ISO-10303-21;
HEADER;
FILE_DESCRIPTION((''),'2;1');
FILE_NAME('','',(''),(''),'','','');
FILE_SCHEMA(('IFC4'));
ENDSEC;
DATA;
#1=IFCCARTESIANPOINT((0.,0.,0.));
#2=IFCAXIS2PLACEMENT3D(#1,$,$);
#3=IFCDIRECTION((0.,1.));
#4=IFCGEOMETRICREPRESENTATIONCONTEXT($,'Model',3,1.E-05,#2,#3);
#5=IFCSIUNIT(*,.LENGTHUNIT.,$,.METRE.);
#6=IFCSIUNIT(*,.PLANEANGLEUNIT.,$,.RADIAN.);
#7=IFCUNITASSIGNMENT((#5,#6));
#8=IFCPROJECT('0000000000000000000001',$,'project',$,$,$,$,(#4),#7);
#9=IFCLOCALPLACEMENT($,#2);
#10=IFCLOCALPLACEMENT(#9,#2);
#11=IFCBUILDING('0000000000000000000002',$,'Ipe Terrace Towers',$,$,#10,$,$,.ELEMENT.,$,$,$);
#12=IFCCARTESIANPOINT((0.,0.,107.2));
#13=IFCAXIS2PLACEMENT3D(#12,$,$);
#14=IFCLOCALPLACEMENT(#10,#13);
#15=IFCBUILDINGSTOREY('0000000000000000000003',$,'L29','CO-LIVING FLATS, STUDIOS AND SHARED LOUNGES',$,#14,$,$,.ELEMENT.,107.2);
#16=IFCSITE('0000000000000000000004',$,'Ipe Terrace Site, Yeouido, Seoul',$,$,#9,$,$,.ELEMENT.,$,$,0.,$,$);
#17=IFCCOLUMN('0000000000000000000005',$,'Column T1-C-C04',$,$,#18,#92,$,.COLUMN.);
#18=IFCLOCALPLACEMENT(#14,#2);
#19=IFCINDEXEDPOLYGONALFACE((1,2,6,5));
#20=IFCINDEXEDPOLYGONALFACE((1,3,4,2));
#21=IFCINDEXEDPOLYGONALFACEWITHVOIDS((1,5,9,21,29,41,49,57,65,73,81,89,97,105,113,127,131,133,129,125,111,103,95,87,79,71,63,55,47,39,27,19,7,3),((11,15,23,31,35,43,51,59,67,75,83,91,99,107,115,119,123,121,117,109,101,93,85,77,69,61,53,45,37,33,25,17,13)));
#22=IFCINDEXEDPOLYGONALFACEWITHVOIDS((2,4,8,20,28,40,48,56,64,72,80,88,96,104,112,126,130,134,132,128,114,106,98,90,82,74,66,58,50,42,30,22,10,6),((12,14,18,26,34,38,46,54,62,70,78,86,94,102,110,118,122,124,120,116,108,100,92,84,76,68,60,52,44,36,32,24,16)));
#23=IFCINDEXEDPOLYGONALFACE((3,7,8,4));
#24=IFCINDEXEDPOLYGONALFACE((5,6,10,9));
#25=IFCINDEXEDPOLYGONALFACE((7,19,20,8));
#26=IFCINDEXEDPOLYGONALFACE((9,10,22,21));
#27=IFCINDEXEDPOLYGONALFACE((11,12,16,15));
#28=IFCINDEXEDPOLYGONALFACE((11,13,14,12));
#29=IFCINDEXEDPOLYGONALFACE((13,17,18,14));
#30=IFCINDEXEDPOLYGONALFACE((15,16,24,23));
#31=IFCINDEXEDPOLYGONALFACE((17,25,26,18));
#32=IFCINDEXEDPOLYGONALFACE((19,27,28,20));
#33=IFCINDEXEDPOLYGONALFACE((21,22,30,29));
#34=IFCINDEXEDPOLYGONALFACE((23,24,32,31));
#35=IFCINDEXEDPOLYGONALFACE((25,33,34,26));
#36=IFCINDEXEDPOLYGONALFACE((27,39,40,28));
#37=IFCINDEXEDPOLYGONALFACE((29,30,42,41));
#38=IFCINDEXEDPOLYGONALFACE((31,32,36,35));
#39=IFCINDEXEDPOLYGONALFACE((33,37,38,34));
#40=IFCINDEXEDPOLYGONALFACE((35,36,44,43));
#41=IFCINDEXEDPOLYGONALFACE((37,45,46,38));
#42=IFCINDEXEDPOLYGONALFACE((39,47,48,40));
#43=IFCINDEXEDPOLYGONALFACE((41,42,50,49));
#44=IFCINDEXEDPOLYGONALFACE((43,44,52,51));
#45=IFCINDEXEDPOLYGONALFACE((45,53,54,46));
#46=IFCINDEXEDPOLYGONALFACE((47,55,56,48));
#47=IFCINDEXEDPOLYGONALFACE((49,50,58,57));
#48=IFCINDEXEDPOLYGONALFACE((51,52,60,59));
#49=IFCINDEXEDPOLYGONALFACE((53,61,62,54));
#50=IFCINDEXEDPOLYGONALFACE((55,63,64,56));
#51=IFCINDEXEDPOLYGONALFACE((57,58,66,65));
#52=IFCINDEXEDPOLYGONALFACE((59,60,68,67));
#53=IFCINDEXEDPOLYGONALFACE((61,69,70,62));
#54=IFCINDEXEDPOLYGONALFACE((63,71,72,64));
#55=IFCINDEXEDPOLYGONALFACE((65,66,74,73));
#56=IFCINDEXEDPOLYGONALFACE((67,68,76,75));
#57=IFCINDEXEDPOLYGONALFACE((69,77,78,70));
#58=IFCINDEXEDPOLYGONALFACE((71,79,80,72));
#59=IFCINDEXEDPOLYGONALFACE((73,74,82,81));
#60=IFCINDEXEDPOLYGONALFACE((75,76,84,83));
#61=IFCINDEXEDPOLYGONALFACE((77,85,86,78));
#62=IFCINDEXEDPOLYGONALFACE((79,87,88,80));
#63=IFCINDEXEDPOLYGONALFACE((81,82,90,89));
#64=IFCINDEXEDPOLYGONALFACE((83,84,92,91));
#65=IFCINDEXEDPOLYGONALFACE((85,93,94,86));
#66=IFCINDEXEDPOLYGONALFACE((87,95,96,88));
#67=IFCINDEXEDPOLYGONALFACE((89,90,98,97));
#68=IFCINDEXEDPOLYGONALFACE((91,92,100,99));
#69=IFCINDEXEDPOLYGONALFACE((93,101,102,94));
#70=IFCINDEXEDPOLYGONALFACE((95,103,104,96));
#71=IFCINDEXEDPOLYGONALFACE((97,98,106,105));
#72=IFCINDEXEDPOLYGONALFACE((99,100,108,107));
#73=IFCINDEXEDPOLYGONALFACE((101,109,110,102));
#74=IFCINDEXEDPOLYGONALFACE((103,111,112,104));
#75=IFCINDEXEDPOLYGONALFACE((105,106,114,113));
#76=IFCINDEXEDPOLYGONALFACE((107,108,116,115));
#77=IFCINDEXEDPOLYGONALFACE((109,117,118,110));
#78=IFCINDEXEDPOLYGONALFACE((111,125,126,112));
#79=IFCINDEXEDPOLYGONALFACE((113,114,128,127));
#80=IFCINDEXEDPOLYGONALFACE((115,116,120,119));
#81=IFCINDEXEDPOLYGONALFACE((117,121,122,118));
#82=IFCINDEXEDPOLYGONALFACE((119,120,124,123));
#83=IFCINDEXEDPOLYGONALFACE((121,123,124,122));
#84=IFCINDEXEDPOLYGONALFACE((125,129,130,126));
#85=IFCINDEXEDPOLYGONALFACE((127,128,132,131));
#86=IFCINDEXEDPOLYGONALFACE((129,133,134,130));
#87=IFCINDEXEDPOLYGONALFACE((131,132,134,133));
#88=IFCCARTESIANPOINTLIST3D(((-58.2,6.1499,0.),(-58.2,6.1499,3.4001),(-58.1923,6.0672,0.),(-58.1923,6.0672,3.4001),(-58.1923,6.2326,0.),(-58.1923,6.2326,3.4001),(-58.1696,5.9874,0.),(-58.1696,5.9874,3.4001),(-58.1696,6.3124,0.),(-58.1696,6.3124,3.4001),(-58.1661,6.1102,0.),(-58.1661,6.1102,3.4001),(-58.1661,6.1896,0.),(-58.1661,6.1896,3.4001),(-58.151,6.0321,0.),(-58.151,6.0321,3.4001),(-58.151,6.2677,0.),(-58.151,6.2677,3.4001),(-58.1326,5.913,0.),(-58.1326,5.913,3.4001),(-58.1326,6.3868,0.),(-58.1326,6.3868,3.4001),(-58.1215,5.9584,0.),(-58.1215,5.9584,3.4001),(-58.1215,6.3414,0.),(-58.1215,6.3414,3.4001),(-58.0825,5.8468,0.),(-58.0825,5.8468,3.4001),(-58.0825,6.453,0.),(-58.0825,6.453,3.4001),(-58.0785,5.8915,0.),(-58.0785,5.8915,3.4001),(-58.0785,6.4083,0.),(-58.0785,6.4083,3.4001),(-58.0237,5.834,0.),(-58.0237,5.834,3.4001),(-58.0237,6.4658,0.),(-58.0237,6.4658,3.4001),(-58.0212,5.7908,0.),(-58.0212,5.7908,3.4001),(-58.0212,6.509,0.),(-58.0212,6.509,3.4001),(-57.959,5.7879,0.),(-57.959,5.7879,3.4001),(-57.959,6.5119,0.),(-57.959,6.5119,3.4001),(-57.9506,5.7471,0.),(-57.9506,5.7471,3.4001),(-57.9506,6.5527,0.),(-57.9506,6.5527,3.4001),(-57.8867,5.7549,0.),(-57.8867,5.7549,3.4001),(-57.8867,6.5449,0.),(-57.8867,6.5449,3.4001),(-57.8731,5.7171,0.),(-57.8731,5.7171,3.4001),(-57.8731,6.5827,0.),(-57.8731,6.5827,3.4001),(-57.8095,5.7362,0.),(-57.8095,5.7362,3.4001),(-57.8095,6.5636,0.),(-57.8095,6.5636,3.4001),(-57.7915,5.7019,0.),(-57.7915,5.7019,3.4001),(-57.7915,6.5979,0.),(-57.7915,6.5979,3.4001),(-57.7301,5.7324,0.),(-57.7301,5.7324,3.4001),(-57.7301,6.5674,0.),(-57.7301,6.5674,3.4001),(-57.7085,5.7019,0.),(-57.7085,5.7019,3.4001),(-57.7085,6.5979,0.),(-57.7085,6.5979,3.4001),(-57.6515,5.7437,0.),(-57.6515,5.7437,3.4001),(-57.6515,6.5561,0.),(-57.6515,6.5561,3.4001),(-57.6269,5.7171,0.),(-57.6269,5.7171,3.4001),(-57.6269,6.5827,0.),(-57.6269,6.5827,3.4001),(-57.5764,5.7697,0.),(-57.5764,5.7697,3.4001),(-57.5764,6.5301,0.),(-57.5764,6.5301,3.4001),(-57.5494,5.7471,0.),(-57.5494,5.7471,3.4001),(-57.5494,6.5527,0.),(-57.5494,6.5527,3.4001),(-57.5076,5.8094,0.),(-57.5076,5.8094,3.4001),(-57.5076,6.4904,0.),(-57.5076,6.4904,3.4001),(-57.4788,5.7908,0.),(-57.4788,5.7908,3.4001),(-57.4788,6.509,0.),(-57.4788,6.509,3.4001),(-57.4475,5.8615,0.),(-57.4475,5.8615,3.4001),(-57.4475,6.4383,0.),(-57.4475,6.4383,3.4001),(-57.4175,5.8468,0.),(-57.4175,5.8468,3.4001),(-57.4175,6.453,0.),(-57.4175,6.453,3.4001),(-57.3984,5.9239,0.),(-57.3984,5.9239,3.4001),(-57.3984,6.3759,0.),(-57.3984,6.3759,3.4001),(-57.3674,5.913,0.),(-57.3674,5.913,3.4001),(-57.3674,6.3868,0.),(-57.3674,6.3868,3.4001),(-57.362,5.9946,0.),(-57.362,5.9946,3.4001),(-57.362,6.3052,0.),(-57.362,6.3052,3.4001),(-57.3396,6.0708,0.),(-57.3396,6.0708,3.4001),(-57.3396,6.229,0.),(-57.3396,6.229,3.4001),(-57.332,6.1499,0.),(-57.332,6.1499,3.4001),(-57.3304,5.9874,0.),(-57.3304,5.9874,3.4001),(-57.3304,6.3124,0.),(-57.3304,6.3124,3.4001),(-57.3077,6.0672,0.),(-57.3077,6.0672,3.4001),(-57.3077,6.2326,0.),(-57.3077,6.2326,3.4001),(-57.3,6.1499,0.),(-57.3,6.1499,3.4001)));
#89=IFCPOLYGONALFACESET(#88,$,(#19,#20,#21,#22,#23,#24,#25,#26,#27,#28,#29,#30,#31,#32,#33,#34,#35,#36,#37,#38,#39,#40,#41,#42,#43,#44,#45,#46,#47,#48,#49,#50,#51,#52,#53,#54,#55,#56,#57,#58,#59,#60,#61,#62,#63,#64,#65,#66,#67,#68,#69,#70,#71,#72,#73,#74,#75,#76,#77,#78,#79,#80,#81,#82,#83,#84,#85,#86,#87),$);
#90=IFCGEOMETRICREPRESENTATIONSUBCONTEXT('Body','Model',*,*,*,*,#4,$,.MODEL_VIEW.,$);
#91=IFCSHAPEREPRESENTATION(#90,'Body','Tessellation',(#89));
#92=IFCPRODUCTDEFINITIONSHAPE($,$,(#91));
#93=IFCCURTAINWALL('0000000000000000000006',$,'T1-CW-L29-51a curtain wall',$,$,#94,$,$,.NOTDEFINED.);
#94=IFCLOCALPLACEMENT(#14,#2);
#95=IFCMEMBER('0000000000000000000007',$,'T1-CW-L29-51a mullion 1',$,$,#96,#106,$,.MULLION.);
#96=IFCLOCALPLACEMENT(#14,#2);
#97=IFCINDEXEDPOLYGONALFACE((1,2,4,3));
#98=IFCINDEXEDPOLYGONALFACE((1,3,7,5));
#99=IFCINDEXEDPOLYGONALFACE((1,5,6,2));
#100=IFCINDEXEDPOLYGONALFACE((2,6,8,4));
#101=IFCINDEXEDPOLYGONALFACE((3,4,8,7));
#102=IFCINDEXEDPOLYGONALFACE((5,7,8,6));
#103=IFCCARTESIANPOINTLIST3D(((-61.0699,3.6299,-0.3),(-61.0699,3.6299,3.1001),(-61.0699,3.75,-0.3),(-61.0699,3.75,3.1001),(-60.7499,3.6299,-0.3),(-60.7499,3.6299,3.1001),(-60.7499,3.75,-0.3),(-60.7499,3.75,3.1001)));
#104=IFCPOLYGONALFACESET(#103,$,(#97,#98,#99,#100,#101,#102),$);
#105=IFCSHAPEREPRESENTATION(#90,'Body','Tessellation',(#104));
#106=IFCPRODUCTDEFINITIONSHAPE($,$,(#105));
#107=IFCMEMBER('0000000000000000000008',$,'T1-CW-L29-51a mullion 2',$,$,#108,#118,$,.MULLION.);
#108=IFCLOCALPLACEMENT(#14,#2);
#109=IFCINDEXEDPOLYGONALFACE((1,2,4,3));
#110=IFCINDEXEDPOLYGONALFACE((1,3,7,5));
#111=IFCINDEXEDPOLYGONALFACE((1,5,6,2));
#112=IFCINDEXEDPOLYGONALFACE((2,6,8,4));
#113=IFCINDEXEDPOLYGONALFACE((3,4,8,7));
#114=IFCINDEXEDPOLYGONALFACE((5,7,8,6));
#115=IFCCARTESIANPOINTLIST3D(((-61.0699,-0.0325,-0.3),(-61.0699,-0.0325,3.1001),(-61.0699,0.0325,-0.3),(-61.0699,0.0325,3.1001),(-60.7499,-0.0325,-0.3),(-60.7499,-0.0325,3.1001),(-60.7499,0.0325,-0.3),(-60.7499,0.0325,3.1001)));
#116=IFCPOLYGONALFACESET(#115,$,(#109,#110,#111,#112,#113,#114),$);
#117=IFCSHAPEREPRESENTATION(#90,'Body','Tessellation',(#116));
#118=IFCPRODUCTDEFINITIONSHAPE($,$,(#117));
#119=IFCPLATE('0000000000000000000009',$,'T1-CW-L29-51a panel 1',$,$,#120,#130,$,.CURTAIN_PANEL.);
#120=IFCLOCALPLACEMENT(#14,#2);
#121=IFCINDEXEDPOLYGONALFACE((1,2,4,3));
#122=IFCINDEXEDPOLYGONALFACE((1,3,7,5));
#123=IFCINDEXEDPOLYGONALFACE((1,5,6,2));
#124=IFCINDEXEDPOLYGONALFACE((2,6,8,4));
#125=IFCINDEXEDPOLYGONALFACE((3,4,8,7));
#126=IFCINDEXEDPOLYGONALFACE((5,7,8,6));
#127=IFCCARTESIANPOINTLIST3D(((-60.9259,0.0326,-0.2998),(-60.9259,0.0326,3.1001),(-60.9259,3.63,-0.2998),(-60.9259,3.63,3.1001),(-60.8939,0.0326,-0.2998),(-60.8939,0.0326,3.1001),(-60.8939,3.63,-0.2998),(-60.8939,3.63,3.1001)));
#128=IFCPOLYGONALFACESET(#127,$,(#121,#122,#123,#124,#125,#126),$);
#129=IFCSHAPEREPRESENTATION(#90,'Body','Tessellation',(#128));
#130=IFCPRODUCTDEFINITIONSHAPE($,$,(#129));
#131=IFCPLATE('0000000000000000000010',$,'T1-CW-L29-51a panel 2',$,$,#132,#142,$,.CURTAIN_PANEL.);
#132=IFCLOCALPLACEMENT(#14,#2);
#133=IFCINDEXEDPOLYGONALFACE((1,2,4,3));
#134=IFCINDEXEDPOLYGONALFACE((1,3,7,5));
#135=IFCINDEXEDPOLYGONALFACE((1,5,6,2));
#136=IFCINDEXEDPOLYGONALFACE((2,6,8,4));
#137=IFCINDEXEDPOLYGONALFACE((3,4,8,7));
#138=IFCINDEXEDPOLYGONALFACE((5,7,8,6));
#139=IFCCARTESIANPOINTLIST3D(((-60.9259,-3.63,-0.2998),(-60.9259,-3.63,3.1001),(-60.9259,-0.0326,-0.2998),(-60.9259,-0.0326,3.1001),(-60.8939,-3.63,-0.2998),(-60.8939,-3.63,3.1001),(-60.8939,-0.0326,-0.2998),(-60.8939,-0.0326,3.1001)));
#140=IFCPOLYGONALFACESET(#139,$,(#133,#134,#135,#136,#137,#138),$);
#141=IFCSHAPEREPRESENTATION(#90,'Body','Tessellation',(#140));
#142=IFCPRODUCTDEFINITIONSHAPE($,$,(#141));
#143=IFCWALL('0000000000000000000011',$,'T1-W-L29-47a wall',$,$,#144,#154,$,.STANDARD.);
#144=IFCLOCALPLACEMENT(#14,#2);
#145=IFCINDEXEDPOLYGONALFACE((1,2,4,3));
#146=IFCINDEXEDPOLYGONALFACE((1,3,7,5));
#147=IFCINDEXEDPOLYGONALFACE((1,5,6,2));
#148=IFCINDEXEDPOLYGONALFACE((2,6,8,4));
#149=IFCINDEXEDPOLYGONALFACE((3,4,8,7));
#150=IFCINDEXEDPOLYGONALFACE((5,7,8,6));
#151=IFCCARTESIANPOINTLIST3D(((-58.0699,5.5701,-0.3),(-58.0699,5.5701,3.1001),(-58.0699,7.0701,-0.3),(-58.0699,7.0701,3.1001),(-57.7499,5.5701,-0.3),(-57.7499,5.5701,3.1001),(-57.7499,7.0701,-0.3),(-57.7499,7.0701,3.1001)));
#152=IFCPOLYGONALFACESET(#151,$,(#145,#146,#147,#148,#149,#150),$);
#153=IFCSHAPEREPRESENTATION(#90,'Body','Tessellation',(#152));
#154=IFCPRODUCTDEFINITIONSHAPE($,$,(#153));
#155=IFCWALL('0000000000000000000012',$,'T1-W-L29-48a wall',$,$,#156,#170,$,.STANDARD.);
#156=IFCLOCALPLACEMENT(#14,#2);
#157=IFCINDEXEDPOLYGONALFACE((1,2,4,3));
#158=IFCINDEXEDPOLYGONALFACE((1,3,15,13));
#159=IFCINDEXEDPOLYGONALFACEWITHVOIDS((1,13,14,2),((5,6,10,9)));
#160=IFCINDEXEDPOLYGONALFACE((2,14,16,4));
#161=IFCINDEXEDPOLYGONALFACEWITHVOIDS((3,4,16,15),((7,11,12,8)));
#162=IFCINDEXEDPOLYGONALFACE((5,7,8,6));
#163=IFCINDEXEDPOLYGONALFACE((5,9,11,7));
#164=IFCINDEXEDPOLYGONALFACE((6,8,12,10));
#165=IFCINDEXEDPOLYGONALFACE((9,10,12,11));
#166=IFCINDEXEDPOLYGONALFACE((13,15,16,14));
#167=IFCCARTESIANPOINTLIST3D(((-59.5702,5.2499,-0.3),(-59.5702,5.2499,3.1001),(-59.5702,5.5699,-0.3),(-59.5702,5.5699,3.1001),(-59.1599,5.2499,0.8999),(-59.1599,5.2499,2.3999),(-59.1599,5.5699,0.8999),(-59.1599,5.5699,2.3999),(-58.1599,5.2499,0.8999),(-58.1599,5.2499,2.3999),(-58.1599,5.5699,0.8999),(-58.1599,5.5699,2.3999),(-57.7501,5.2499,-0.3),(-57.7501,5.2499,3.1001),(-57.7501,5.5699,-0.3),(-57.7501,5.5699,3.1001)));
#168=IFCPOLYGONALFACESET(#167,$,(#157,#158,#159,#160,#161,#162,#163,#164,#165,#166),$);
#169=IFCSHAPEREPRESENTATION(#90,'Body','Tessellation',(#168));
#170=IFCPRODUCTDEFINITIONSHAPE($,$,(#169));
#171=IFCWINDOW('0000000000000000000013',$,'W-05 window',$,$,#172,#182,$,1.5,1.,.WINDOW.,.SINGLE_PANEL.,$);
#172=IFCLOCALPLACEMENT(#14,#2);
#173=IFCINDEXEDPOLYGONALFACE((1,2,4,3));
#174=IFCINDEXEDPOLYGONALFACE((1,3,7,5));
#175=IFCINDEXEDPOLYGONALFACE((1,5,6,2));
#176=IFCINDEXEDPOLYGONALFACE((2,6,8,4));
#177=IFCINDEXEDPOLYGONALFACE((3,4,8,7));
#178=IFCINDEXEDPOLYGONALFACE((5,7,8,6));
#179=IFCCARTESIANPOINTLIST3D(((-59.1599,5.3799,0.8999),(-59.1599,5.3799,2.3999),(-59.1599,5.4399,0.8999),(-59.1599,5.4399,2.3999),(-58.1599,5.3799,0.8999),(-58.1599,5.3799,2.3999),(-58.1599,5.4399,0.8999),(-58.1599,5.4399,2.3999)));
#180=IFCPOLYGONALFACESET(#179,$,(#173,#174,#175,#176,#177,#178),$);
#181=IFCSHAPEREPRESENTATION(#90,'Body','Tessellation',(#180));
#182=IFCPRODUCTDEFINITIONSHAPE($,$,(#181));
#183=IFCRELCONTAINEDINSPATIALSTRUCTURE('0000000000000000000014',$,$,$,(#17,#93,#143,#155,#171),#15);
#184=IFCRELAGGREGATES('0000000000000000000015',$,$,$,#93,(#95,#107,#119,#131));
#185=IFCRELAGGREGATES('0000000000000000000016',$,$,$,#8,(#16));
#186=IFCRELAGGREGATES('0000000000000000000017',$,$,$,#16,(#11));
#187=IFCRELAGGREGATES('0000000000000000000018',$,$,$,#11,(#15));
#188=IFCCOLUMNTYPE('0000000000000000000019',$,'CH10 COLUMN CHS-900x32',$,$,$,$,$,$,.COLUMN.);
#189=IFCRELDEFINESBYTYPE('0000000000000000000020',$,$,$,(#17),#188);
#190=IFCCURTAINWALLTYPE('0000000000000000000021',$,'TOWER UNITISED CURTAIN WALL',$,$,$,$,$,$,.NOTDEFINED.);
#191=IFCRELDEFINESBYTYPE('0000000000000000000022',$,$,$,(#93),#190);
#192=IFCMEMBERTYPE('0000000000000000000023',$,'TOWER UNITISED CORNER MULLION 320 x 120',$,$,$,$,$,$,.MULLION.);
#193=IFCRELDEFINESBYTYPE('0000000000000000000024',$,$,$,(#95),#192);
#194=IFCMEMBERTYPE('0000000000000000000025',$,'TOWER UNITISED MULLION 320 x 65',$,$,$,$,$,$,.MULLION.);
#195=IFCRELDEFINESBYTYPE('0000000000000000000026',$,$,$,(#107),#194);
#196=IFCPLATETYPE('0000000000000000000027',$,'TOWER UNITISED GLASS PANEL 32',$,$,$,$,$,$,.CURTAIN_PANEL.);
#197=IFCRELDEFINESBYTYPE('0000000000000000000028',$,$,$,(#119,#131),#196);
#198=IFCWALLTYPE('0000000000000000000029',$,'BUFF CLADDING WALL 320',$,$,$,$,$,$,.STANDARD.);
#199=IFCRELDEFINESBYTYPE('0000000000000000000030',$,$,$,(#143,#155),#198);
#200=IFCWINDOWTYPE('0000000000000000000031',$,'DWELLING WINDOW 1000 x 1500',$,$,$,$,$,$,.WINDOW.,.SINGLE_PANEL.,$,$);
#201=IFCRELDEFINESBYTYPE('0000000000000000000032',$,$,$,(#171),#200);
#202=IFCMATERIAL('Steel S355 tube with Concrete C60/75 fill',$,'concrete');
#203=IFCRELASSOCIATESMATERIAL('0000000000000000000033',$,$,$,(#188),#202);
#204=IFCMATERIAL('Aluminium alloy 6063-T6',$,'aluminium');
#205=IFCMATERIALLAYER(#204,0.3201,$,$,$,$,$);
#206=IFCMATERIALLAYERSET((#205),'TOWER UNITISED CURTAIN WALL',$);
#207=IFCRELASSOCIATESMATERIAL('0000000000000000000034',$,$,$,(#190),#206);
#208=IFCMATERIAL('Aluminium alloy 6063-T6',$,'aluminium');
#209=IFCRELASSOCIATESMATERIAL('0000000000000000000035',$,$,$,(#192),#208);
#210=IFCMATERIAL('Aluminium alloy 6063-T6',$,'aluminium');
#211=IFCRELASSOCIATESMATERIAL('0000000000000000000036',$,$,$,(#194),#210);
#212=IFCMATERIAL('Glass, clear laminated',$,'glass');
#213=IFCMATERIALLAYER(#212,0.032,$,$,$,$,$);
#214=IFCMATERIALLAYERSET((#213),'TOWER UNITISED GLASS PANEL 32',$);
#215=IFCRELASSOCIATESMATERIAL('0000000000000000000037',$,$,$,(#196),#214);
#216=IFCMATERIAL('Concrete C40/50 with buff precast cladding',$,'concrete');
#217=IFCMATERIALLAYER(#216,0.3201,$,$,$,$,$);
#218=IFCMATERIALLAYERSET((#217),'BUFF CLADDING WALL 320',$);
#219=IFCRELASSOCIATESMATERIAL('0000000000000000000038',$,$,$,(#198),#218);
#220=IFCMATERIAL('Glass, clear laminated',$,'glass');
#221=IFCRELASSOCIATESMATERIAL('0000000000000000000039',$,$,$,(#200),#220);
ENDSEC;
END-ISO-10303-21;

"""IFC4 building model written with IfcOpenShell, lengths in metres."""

from ifc_helpers import new_model, si_unit, direction, frame, frame_2d, origin, origin_2d, place, context, subcontext, project, spatial, rectangle, hollow_circle, extrude, material, layer, layer_set, material_profile, profile_set, type_object, element, fill, aggregate, save


model = new_model("IFC4")

# Units and contexts
model_context = context("Model", 3, precision=1e-05, world=origin(), true_north=direction((0.0, 1.0)))
body_context = subcontext(model_context, "Body", "Model", "MODEL_VIEW")
ifc_project = project(units=[si_unit("LENGTHUNIT", "METRE"), si_unit("PLANEANGLEUNIT", "RADIAN")], contexts=[model_context])

# Site, building, storey
site_placement = place(None, origin())
site = spatial("IfcSite", under=ifc_project, at=site_placement, Name="Ipe Terrace Site, Yeouido, Seoul", CompositionType="ELEMENT", RefElevation=0.0)
building_placement = place(site_placement, origin())
building = spatial("IfcBuilding", under=site, at=building_placement, Name="Ipe Terrace Towers", CompositionType="ELEMENT")
storey_placement = place(building_placement, frame((0.0, 0.0, 107.2)))
storey = spatial("IfcBuildingStorey", under=building, at=storey_placement, Name="L29", Description="CO-LIVING FLATS, STUDIOS AND SHARED LOUNGES", CompositionType="ELEMENT", Elevation=107.2)

# Column
ifc_material_1 = material(Name="Steel S355 tube with Concrete C60/75 fill", Category="concrete")
ifc_material_profile_1 = material_profile(ifc_material_1, hollow_circle(Radius=0.45, WallThickness=0.032, at=origin_2d()), Name="CHS-900x32")
ifc_profile_set_1 = profile_set([ifc_material_profile_1], Name="Steel S355 tube with Concrete C60/75 fill")
column_type = type_object("IfcColumnType", Name="CH10 COLUMN CHS-900x32", PredefinedType="COLUMN", material=ifc_profile_set_1)
column_placement = place(storey_placement, frame((-57.75, 6.1499, 0.0), z_axis=(0.0, 0.0, 1.0), x_axis=(1.0, 0.0, 0.0)))
element("IfcColumn", 1, at=column_placement, inside=storey, type_object=column_type, Name="Column T1-C-C04", PredefinedType="COLUMN", context=body_context, shape_type="SweptSolid", body=[
    extrude(hollow_circle(Radius=0.45, WallThickness=0.032, at=origin_2d()), origin(), (0.0, 0.0, 1.0), 3.4001),
])

# Curtain wall, members, plates
ifc_material_2 = material(Name="Aluminium alloy 6063-T6", Category="aluminium")
ifc_layer_1 = layer(ifc_material_2, 0.3201)
ifc_layer_set_1 = layer_set([ifc_layer_1], Name="TOWER UNITISED CURTAIN WALL")
curtain_wall_type = type_object("IfcCurtainWallType", Name="TOWER UNITISED CURTAIN WALL", PredefinedType="NOTDEFINED", material=ifc_layer_set_1)
curtain_wall_placement = place(storey_placement, origin())
curtain_wall = element("IfcCurtainWall", 2, at=curtain_wall_placement, inside=storey, type_object=curtain_wall_type, Name="T1-CW-L29-51a curtain wall", PredefinedType="NOTDEFINED")
ifc_material_3 = material(Name="Aluminium alloy 6063-T6", Category="aluminium")
ifc_material_profile_2 = material_profile(ifc_material_3, rectangle(XDim=0.3201, YDim=0.1201, at=origin_2d()), Name="TOWER UNITISED CORNER MULLION 320 x 120")
ifc_profile_set_2 = profile_set([ifc_material_profile_2], Name="Aluminium alloy 6063-T6")
member_type_1 = type_object("IfcMemberType", Name="TOWER UNITISED CORNER MULLION 320 x 120", PredefinedType="MULLION", material=ifc_profile_set_2)
member_1_placement = place(storey_placement, frame((-60.9099, 3.6899, -0.3), z_axis=(0.0, 0.0, 1.0), x_axis=(-1.0, 0.0, 0.0)))
member_1 = element("IfcMember", 3, at=member_1_placement, type_object=member_type_1, Name="T1-CW-L29-51a mullion 1", PredefinedType="MULLION", context=body_context, shape_type="SweptSolid", body=[
    extrude(rectangle(XDim=0.3201, YDim=0.1201, at=origin_2d()), origin(), (0.0, 0.0, 1.0), 3.4001),
])
ifc_material_4 = material(Name="Aluminium alloy 6063-T6", Category="aluminium")
ifc_material_profile_3 = material_profile(ifc_material_4, rectangle(XDim=0.3201, YDim=0.0649, at=origin_2d()), Name="TOWER UNITISED MULLION 320 x 65")
ifc_profile_set_3 = profile_set([ifc_material_profile_3], Name="Aluminium alloy 6063-T6")
member_type_2 = type_object("IfcMemberType", Name="TOWER UNITISED MULLION 320 x 65", PredefinedType="MULLION", material=ifc_profile_set_3)
member_2_placement = place(storey_placement, frame((-60.9099, 0.0, -0.3), z_axis=(0.0, 0.0, 1.0), x_axis=(-1.0, 0.0, 0.0)))
member_2 = element("IfcMember", 4, at=member_2_placement, type_object=member_type_2, Name="T1-CW-L29-51a mullion 2", PredefinedType="MULLION", context=body_context, shape_type="SweptSolid", body=[
    extrude(rectangle(XDim=0.3201, YDim=0.0649, at=origin_2d()), origin(), (0.0, 0.0, 1.0), 3.4001),
])
ifc_material_5 = material(Name="Glass, clear laminated", Category="glass")
ifc_layer_2 = layer(ifc_material_5, 0.032)
ifc_layer_set_2 = layer_set([ifc_layer_2], Name="TOWER UNITISED GLASS PANEL 32")
plate_type = type_object("IfcPlateType", Name="TOWER UNITISED GLASS PANEL 32", PredefinedType="CURTAIN_PANEL", material=ifc_layer_set_2)
plate_1_placement = place(storey_placement, frame((-60.9099, 1.8313, -0.2998), z_axis=(0.0, 0.0, 1.0), x_axis=(0.0, -1.0, 0.0)))
plate_1 = element("IfcPlate", 5, at=plate_1_placement, type_object=plate_type, Name="T1-CW-L29-51a panel 1", PredefinedType="CURTAIN_PANEL", context=body_context, shape_type="SweptSolid", body=[
    extrude(rectangle(XDim=3.5974, YDim=0.032, at=origin_2d()), origin(), (0.0, 0.0, 1.0), 3.3999),
])
plate_2_placement = place(storey_placement, frame((-60.9099, -1.8313, -0.2998), z_axis=(0.0, 0.0, 1.0), x_axis=(0.0, -1.0, 0.0)))
plate_2 = element("IfcPlate", 6, at=plate_2_placement, type_object=plate_type, Name="T1-CW-L29-51a panel 2", PredefinedType="CURTAIN_PANEL", context=body_context, shape_type="SweptSolid", body=[
    extrude(rectangle(XDim=3.5974, YDim=0.032, at=origin_2d()), origin(), (0.0, 0.0, 1.0), 3.3999),
])
aggregate(curtain_wall, [member_1, member_2, plate_1, plate_2])

# Wall
ifc_material_6 = material(Name="Concrete C40/50 with buff precast cladding", Category="concrete")
ifc_layer_3 = layer(ifc_material_6, 0.3201)
ifc_layer_set_3 = layer_set([ifc_layer_3], Name="BUFF CLADDING WALL 320")
wall_type_1 = type_object("IfcWallType", Name="BUFF CLADDING WALL 320", PredefinedType="STANDARD", material=ifc_layer_set_3)
wall_1_placement = place(storey_placement, frame((-57.9099, 7.0701, -0.3), z_axis=(0.0, 0.0, 1.0), x_axis=(0.0, -1.0, 0.0)))
element("IfcWall", 7, at=wall_1_placement, inside=storey, type_object=wall_type_1, Name="T1-W-L29-47a wall", PredefinedType="STANDARD", context=body_context, shape_type="SweptSolid", body=[
    extrude(rectangle(XDim=1.5, YDim=0.3201, at=frame_2d((0.75, 0.0))), origin(), (0.0, 0.0, 1.0), 3.4001),
])

# Wall, opening, window
wall_2_placement = place(storey_placement, frame((-57.75, 5.4099, -0.3), z_axis=(0.0, 0.0, 1.0), x_axis=(-1.0, 0.0, 0.0)))
wall_2 = element("IfcWall", 8, at=wall_2_placement, inside=storey, type_object=wall_type_1, Name="T1-W-L29-48a wall", PredefinedType="STANDARD", context=body_context, shape_type="SweptSolid", body=[
    extrude(rectangle(XDim=1.8201, YDim=0.3201, at=frame_2d((0.9102, 0.0))), origin(), (0.0, 0.0, 1.0), 3.4001),
])
opening_1_placement = place(wall_2_placement, frame((0.4099, 0.0, 1.2)))
opening_1 = element("IfcOpeningElement", 9, at=opening_1_placement, cuts=wall_2, PredefinedType="OPENING", context=body_context, shape_type="SweptSolid", body=[
    extrude(rectangle(XDim=1.0, YDim=1.5, at=frame_2d((0.5, 0.75))), frame((0.0, 0.1699, 0.0), z_axis=(0.0, -1.0, 0.0), x_axis=(1.0, 0.0, 0.0)), (0.0, 0.0, 1.0), 0.3401),
])
ifc_material_7 = material(Name="Glass, clear laminated", Category="glass")
window_type = type_object("IfcWindowType", Name="DWELLING WINDOW 1000 x 1500", PartitioningType="SINGLE_PANEL", PredefinedType="WINDOW", material=ifc_material_7)
window_placement = place(opening_1_placement, origin())
window = element("IfcWindow", 10, at=window_placement, inside=storey, type_object=window_type, Name="W-05 window", OverallHeight=1.5, OverallWidth=1.0, PartitioningType="SINGLE_PANEL", PredefinedType="WINDOW", context=body_context, shape_type="SweptSolid", body=[
    extrude(rectangle(XDim=1.0, YDim=1.5, at=frame_2d((0.5, 0.75))), frame((0.0, 0.03, 0.0), z_axis=(0.0, -1.0, 0.0), x_axis=(1.0, 0.0, 0.0)), (0.0, 0.0, 1.0), 0.0601),
])
fill(opening_1, window)

save(model, "model.ifc")
